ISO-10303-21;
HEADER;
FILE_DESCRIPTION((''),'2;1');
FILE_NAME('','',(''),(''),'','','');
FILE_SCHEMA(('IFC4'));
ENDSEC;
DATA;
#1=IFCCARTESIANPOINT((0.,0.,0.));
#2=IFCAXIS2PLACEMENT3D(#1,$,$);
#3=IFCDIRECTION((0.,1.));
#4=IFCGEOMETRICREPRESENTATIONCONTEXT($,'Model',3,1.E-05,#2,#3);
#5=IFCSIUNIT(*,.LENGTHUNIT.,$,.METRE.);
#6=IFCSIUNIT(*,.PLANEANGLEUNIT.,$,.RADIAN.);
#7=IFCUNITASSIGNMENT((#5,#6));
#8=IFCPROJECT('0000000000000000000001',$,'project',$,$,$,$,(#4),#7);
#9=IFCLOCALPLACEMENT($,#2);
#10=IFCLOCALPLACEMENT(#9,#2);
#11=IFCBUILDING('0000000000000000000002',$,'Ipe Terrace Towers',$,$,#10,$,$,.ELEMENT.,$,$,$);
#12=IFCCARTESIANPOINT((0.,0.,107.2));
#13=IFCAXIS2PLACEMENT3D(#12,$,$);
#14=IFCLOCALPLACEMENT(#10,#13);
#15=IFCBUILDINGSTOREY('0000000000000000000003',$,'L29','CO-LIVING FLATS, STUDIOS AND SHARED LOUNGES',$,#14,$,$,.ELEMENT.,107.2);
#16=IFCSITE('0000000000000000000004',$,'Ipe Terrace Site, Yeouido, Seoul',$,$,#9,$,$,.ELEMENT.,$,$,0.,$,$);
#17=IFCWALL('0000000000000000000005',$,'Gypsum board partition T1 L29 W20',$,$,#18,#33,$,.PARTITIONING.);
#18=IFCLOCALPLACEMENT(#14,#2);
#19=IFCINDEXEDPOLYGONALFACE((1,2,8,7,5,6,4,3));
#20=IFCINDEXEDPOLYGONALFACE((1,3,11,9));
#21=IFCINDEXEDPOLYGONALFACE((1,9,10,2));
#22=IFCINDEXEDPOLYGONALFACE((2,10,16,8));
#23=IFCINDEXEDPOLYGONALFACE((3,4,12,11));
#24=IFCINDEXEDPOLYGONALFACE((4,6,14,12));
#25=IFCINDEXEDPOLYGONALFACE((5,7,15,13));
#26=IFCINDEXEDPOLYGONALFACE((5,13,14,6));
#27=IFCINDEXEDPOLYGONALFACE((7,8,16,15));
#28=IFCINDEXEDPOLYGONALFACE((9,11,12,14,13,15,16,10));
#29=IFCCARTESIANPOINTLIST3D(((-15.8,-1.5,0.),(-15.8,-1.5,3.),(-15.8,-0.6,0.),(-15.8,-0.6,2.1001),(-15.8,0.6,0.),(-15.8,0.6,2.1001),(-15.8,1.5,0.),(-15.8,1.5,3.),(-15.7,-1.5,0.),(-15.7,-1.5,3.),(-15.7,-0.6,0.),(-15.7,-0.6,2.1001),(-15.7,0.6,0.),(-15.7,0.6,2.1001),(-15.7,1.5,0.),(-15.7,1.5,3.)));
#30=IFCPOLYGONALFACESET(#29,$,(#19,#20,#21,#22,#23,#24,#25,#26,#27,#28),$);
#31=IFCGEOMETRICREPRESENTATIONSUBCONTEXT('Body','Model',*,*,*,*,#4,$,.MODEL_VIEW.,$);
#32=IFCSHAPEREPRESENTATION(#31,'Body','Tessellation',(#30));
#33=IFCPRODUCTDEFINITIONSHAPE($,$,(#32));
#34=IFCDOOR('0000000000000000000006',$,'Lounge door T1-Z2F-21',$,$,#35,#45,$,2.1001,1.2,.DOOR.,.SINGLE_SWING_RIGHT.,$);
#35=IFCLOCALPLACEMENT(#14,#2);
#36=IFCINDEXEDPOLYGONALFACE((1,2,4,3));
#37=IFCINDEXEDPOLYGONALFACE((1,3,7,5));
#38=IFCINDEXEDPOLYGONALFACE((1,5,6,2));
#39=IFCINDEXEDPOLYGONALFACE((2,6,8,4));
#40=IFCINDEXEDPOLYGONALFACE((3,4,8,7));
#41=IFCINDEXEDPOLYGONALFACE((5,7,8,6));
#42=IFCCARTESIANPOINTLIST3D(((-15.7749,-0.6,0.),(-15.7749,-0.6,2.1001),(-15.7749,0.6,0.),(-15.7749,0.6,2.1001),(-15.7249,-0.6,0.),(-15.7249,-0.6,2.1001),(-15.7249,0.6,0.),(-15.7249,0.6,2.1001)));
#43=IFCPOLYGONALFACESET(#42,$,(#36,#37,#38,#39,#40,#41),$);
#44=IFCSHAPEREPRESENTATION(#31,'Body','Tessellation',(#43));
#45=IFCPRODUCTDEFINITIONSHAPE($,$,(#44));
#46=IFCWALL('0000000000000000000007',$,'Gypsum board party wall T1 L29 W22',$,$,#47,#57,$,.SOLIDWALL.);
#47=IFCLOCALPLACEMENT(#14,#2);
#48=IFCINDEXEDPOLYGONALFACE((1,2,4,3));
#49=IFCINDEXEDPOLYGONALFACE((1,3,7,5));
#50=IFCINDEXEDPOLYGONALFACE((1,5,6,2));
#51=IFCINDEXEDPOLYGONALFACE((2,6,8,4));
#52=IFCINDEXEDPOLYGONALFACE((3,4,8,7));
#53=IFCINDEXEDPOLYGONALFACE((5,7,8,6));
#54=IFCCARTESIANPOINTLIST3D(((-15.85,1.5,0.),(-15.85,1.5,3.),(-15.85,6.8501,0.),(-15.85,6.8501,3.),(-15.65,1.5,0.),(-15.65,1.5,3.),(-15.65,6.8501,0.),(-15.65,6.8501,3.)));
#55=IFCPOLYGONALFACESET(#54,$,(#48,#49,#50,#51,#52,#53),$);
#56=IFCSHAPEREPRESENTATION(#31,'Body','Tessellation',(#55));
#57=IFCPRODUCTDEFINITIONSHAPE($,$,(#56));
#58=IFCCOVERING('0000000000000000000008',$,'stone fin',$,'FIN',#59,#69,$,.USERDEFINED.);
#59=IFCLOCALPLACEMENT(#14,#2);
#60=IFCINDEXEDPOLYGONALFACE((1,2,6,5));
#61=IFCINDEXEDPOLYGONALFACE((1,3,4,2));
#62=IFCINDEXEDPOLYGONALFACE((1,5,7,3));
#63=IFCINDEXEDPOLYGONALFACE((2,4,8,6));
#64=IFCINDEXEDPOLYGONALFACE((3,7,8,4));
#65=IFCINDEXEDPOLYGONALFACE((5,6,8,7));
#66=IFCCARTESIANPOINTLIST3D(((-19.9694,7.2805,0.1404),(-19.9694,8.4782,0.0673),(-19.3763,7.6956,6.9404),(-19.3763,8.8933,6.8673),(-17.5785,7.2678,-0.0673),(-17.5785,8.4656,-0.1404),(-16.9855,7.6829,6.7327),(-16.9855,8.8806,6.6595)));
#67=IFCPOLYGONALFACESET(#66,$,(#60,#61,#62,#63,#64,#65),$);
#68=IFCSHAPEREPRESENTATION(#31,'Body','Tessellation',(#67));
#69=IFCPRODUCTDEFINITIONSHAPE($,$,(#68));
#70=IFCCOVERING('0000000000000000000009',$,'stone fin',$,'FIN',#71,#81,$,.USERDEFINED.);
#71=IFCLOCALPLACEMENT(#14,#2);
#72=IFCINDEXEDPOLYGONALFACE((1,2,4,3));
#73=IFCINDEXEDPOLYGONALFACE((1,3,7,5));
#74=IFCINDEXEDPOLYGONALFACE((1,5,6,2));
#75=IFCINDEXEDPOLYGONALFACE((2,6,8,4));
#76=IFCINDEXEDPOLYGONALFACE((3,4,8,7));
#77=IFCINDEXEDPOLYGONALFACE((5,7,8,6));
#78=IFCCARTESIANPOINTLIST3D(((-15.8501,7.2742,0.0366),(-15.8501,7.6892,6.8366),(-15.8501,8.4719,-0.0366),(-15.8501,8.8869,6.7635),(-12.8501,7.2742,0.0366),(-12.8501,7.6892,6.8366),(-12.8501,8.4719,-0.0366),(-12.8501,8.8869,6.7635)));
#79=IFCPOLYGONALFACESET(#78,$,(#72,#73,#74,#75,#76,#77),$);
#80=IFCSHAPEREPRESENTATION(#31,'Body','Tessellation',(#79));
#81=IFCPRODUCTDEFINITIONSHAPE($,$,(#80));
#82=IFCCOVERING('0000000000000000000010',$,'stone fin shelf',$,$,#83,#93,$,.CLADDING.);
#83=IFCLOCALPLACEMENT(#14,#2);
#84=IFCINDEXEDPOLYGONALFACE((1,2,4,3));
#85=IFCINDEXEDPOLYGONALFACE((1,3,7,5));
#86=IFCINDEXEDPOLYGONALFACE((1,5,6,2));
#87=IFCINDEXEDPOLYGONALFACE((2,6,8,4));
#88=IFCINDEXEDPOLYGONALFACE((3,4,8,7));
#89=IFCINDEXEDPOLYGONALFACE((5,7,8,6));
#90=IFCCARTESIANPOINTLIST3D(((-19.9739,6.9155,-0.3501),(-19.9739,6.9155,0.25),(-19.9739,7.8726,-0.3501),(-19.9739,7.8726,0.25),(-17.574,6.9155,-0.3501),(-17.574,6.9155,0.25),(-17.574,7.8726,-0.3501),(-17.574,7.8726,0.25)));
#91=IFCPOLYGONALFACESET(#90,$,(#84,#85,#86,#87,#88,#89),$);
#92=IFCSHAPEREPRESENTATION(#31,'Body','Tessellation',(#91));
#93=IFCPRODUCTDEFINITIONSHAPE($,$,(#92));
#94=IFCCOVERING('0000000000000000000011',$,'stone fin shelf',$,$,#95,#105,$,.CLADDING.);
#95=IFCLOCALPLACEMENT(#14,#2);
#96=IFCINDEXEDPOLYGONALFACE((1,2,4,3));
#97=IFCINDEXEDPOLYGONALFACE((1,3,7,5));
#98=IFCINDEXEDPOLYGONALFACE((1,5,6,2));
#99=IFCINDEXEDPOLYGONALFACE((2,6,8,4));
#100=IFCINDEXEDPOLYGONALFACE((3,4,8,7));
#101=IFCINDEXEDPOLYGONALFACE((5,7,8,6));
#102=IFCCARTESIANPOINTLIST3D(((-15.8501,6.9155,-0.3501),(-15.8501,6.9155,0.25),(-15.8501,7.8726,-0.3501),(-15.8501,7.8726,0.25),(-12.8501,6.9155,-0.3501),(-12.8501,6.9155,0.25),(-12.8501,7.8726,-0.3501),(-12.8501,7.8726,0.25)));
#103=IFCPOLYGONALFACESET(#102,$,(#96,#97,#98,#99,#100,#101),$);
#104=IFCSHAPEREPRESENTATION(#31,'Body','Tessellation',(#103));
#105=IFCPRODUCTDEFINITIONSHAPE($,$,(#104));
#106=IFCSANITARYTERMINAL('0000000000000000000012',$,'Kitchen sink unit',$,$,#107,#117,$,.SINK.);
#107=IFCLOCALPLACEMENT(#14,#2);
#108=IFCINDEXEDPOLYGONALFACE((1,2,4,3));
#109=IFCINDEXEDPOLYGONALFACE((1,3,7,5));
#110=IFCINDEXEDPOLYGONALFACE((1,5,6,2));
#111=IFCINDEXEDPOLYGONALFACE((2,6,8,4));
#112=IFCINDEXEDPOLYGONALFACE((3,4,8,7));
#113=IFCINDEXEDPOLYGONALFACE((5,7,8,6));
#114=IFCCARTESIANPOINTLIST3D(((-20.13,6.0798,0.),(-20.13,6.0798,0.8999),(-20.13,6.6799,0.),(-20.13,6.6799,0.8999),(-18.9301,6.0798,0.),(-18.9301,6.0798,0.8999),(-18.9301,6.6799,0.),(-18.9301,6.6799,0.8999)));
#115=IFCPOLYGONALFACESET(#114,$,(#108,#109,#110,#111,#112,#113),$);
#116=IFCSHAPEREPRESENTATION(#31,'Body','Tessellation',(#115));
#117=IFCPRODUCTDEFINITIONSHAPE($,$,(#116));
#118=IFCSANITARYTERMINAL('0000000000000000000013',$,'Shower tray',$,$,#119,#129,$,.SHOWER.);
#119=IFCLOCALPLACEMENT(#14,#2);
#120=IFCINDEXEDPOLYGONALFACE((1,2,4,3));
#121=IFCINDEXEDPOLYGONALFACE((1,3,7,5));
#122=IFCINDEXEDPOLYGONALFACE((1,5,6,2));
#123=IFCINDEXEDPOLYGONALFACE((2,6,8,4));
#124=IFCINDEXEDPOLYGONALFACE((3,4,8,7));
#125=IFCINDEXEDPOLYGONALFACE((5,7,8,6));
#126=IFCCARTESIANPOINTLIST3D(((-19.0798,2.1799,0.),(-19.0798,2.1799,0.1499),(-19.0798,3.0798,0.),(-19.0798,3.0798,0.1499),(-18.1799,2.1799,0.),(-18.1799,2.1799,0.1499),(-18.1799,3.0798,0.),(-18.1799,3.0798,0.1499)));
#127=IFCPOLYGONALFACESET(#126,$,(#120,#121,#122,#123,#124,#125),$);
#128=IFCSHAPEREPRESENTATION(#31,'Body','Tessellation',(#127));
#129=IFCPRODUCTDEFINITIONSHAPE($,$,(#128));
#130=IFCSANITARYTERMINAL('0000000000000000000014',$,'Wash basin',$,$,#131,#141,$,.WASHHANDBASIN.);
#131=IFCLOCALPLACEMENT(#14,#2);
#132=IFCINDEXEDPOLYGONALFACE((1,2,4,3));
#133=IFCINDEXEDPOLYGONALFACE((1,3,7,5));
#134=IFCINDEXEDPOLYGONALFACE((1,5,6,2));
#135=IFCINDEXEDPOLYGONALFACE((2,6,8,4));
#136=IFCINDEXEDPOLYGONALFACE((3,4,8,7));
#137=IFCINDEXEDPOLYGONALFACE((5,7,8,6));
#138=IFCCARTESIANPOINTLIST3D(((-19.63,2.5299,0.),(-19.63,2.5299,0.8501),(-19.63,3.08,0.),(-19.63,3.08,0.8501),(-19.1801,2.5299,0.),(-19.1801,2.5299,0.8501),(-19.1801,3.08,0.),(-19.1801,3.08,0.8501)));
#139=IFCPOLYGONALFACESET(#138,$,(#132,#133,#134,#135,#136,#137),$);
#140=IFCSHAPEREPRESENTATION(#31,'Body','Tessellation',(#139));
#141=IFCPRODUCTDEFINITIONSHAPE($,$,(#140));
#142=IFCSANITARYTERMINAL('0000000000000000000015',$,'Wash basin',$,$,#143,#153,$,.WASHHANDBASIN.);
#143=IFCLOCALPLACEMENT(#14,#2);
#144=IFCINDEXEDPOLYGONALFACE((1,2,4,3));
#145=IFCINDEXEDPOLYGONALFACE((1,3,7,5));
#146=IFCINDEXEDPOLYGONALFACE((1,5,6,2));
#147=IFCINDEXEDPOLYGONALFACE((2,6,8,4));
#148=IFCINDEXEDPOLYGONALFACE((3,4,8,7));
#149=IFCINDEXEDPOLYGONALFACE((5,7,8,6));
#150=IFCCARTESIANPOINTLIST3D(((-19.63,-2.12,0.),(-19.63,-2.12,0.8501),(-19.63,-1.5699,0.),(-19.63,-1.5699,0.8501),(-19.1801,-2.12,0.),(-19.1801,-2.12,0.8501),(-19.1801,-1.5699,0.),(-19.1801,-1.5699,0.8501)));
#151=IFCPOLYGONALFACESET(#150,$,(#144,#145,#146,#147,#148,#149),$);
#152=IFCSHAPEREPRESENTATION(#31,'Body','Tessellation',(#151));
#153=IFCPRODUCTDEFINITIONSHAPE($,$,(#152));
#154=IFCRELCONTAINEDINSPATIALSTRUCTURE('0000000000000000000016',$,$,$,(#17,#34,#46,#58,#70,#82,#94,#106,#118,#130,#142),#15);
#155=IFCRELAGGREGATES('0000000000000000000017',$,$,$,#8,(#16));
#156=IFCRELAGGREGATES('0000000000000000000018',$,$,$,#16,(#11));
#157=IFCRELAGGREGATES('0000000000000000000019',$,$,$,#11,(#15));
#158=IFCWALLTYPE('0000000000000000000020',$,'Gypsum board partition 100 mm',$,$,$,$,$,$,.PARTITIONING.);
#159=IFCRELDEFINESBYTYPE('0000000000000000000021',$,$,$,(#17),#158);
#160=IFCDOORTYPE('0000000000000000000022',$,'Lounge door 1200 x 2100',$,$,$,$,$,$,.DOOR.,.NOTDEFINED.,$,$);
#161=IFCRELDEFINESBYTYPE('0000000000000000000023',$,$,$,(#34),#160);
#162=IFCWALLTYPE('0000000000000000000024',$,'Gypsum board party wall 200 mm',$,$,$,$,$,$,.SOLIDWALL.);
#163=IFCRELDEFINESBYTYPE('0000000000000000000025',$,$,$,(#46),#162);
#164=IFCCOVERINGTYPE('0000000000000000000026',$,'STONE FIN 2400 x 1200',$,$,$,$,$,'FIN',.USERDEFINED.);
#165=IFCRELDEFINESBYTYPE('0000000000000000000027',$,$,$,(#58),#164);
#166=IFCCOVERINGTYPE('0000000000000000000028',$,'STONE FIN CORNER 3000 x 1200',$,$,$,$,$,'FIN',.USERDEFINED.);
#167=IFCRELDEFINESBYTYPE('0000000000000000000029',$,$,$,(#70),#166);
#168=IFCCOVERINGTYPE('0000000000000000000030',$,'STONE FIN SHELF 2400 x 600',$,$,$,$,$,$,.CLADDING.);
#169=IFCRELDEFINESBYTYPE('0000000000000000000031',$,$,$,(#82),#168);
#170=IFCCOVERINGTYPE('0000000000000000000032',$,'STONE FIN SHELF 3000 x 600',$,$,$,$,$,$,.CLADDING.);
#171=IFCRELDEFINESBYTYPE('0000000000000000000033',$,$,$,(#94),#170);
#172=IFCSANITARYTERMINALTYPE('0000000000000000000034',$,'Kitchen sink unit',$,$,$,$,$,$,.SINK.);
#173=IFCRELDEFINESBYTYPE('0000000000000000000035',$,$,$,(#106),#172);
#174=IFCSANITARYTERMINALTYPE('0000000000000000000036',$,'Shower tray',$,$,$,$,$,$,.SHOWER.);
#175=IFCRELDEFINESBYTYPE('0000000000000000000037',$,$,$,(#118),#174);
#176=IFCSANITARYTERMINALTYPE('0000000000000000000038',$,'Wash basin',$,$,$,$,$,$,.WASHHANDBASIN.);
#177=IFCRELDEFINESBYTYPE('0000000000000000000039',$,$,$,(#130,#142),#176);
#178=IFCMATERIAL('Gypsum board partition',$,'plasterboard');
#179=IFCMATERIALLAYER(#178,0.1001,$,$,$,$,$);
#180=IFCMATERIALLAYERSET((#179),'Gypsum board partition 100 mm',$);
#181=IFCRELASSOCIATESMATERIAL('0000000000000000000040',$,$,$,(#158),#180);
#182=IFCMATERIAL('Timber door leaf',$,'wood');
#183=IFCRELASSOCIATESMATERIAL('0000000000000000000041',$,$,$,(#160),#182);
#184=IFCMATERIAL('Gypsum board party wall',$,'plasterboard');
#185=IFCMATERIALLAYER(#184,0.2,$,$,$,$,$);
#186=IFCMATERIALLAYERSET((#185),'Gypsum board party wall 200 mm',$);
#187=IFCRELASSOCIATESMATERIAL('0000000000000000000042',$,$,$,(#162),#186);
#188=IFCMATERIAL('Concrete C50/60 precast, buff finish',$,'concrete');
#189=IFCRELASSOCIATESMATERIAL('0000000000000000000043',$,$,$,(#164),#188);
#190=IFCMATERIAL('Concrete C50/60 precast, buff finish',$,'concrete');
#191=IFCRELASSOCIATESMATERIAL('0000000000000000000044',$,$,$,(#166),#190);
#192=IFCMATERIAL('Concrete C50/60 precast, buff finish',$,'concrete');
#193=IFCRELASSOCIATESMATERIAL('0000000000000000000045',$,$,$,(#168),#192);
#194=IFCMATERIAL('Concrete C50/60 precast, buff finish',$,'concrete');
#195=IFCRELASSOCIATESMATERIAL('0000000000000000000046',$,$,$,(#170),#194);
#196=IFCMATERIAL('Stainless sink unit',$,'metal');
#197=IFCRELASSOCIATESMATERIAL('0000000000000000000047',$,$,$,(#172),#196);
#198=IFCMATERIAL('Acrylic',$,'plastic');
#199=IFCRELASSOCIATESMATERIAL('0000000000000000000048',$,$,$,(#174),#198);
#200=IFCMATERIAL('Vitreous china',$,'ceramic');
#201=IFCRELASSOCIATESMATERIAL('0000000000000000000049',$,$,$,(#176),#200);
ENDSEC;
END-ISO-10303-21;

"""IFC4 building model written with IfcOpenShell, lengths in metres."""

from ifc_helpers import new_model, si_unit, direction, frame, frame_2d, origin, origin_2d, place, context, subcontext, project, spatial, rectangle, extrude, material, layer, layer_set, material_profile, profile_set, type_object, element, fill, save


model = new_model("IFC4")

# Units and contexts
model_context = context("Model", 3, precision=1e-05, world=origin(), true_north=direction((0.0, 1.0)))
body_context = subcontext(model_context, "Body", "Model", "MODEL_VIEW")
ifc_project = project(units=[si_unit("LENGTHUNIT", "METRE"), si_unit("PLANEANGLEUNIT", "RADIAN")], contexts=[model_context])

# Site, building, storey
site_placement = place(None, origin())
site = spatial("IfcSite", under=ifc_project, at=site_placement, Name="Ipe Terrace Site, Yeouido, Seoul", CompositionType="ELEMENT", RefElevation=0.0)
building_placement = place(site_placement, origin())
building = spatial("IfcBuilding", under=site, at=building_placement, Name="Ipe Terrace Towers", CompositionType="ELEMENT")
storey_placement = place(building_placement, frame((0.0, 0.0, 107.2)))
storey = spatial("IfcBuildingStorey", under=building, at=storey_placement, Name="L29", Description="CO-LIVING FLATS, STUDIOS AND SHARED LOUNGES", CompositionType="ELEMENT", Elevation=107.2)

# Wall, opening, door
ifc_material_1 = material(Name="Gypsum board partition", Category="plasterboard")
ifc_layer_1 = layer(ifc_material_1, 0.1001)
ifc_layer_set_1 = layer_set([ifc_layer_1], Name="Gypsum board partition 100 mm")
wall_type_1 = type_object("IfcWallType", Name="Gypsum board partition 100 mm", PredefinedType="PARTITIONING", material=ifc_layer_set_1)
wall_1_placement = place(storey_placement, frame((-15.75, -1.5, 0.0), z_axis=(0.0, 0.0, 1.0), x_axis=(0.0, 1.0, 0.0)))
wall_1 = element("IfcWall", 1, at=wall_1_placement, inside=storey, type_object=wall_type_1, Name="Gypsum board partition T1 L29 W20", PredefinedType="PARTITIONING", context=body_context, shape_type="SweptSolid", body=[
    extrude(rectangle(XDim=3.0, YDim=0.1001, at=frame_2d((1.5, 0.0))), origin(), (0.0, 0.0, 1.0), 3.0),
])
opening_1_placement = place(wall_1_placement, frame((0.8999, 0.0, 0.0)))
opening_1 = element("IfcOpeningElement", 2, at=opening_1_placement, cuts=wall_1, PredefinedType="OPENING", context=body_context, shape_type="SweptSolid", body=[
    extrude(rectangle(XDim=1.2, YDim=2.1001, at=frame_2d((0.6001, 1.05))), frame((0.0, 0.0601, 0.0), z_axis=(0.0, -1.0, 0.0), x_axis=(1.0, 0.0, 0.0)), (0.0, 0.0, 1.0), 0.1201),
])
ifc_material_2 = material(Name="Timber door leaf", Category="wood")
door_type_1 = type_object("IfcDoorType", Name="Lounge door 1200 x 2100", OperationType="NOTDEFINED", PredefinedType="DOOR", material=ifc_material_2)
door_1_placement = place(opening_1_placement, origin())
door_1 = element("IfcDoor", 3, at=door_1_placement, inside=storey, type_object=door_type_1, Name="Lounge door T1-Z2F-21", OperationType="SINGLE_SWING_RIGHT", OverallHeight=2.1001, OverallWidth=1.2, PredefinedType="DOOR", context=body_context, shape_type="SweptSolid", body=[
    extrude(rectangle(XDim=1.2, YDim=2.1001, at=frame_2d((0.6001, 1.05))), frame((0.0, 0.0249, 0.0), z_axis=(0.0, -1.0, 0.0), x_axis=(1.0, 0.0, 0.0)), (0.0, 0.0, 1.0), 0.05),
])
fill(opening_1, door_1)

# Wall
ifc_material_3 = material(Name="Gypsum board party wall", Category="plasterboard")
ifc_layer_2 = layer(ifc_material_3, 0.2)
ifc_layer_set_2 = layer_set([ifc_layer_2], Name="Gypsum board party wall 200 mm")
wall_type_2 = type_object("IfcWallType", Name="Gypsum board party wall 200 mm", PredefinedType="SOLIDWALL", material=ifc_layer_set_2)
wall_2_placement = place(storey_placement, frame((-15.75, 1.5, 0.0), z_axis=(0.0, 0.0, 1.0), x_axis=(0.0, 1.0, 0.0)))
element("IfcWall", 4, at=wall_2_placement, inside=storey, type_object=wall_type_2, Name="Gypsum board party wall T1 L29 W22", PredefinedType="SOLIDWALL", context=body_context, shape_type="SweptSolid", body=[
    extrude(rectangle(XDim=5.3501, YDim=0.2, at=frame_2d((2.675, 0.0))), origin(), (0.0, 0.0, 1.0), 3.0),
])

# Coverings
ifc_material_4 = material(Name="Concrete C50/60 precast, buff finish", Category="concrete")
ifc_material_profile_1 = material_profile(ifc_material_4, rectangle(XDim=2.3999, YDim=1.2, at=origin_2d()), Name="STONE FIN 2400 x 1200")
ifc_profile_set_1 = profile_set([ifc_material_profile_1], Name="Concrete C50/60 precast, buff finish")
covering_type_1 = type_object("IfcCoveringType", Name="STONE FIN 2400 x 1200", ElementType="FIN", PredefinedType="USERDEFINED", material=ifc_profile_set_1)
covering_1_placement = place(storey_placement, frame((-18.7739, 7.873, 0.0), z_axis=(0.086718, 0.060692, 0.994382), x_axis=(-0.996233, 0.005283, 0.086557)))
element("IfcCovering", 5, at=covering_1_placement, inside=storey, type_object=covering_type_1, Name="stone fin", ObjectType="FIN", PredefinedType="USERDEFINED", context=body_context, shape_type="SweptSolid", body=[
    extrude(rectangle(XDim=2.3999, YDim=1.2, at=origin_2d()), origin(), (0.0, 0.0, 1.0), 6.8384),
])
ifc_material_5 = material(Name="Concrete C50/60 precast, buff finish", Category="concrete")
ifc_material_profile_2 = material_profile(ifc_material_5, rectangle(XDim=3.0, YDim=1.2, at=origin_2d()), Name="STONE FIN CORNER 3000 x 1200")
ifc_profile_set_2 = profile_set([ifc_material_profile_2], Name="Concrete C50/60 precast, buff finish")
covering_type_2 = type_object("IfcCoveringType", Name="STONE FIN CORNER 3000 x 1200", ElementType="FIN", PredefinedType="USERDEFINED", material=ifc_profile_set_2)
covering_2_placement = place(storey_placement, frame((-14.3501, 7.873, 0.0), z_axis=(0.0, 0.060921, 0.998143), x_axis=(-1.0, 0.0, 0.0)))
element("IfcCovering", 6, at=covering_2_placement, inside=storey, type_object=covering_type_2, Name="stone fin", ObjectType="FIN", PredefinedType="USERDEFINED", context=body_context, shape_type="SweptSolid", body=[
    extrude(rectangle(XDim=3.0, YDim=1.2, at=origin_2d()), origin(), (0.0, 0.0, 1.0), 6.8127),
])
ifc_material_6 = material(Name="Concrete C50/60 precast, buff finish", Category="concrete")
covering_type_3 = type_object("IfcCoveringType", Name="STONE FIN SHELF 2400 x 600", PredefinedType="CLADDING", material=ifc_material_6)
covering_3_placement = place(storey_placement, frame((-18.7739, 7.394, -0.3501), z_axis=(0.0, 0.0, 1.0), x_axis=(-1.0, 0.0, 0.0)))
element("IfcCovering", 7, at=covering_3_placement, inside=storey, type_object=covering_type_3, Name="stone fin shelf", PredefinedType="CLADDING", context=body_context, shape_type="SweptSolid", body=[
    extrude(rectangle(XDim=2.3999, YDim=0.957, at=origin_2d()), origin(), (0.0, 0.0, 1.0), 0.6001),
])
ifc_material_7 = material(Name="Concrete C50/60 precast, buff finish", Category="concrete")
covering_type_4 = type_object("IfcCoveringType", Name="STONE FIN SHELF 3000 x 600", PredefinedType="CLADDING", material=ifc_material_7)
covering_4_placement = place(storey_placement, frame((-14.3501, 7.394, -0.3501), z_axis=(0.0, 0.0, 1.0), x_axis=(-1.0, 0.0, 0.0)))
element("IfcCovering", 8, at=covering_4_placement, inside=storey, type_object=covering_type_4, Name="stone fin shelf", PredefinedType="CLADDING", context=body_context, shape_type="SweptSolid", body=[
    extrude(rectangle(XDim=3.0, YDim=0.957, at=origin_2d()), origin(), (0.0, 0.0, 1.0), 0.6001),
])

# Sanitary terminals
ifc_material_8 = material(Name="Stainless sink unit", Category="metal")
sanitary_terminal_type_1 = type_object("IfcSanitaryTerminalType", Name="Kitchen sink unit", PredefinedType="SINK", material=ifc_material_8)
sanitary_terminal_1_placement = place(storey_placement, frame((-19.53, 6.3799, 0.0), z_axis=(0.0, 0.0, 1.0), x_axis=(1.0, 0.0, 0.0)))
element("IfcSanitaryTerminal", 9, at=sanitary_terminal_1_placement, inside=storey, type_object=sanitary_terminal_type_1, Name="Kitchen sink unit", PredefinedType="SINK", context=body_context, shape_type="SweptSolid", body=[
    extrude(rectangle(XDim=1.2, YDim=0.6001, at=origin_2d()), origin(), (0.0, 0.0, 1.0), 0.8999),
])
ifc_material_9 = material(Name="Acrylic", Category="plastic")
sanitary_terminal_type_2 = type_object("IfcSanitaryTerminalType", Name="Shower tray", PredefinedType="SHOWER", material=ifc_material_9)
sanitary_terminal_2_placement = place(storey_placement, frame((-18.6299, 2.6299, 0.0), z_axis=(0.0, 0.0, 1.0), x_axis=(0.0, -1.0, 0.0)))
element("IfcSanitaryTerminal", 10, at=sanitary_terminal_2_placement, inside=storey, type_object=sanitary_terminal_type_2, Name="Shower tray", PredefinedType="SHOWER", context=body_context, shape_type="SweptSolid", body=[
    extrude(rectangle(XDim=0.8999, YDim=0.8999, at=origin_2d()), origin(), (0.0, 0.0, 1.0), 0.1499),
])
ifc_material_10 = material(Name="Vitreous china", Category="ceramic")
sanitary_terminal_type_3 = type_object("IfcSanitaryTerminalType", Name="Wash basin", PredefinedType="WASHHANDBASIN", material=ifc_material_10)
for number, where, z_axis, x_axis, name in (
    (11, (-19.405, 2.8049, 0.0), (0.0, 0.0, 1.0), (0.0, -1.0, 0.0), "Wash basin"),
    (12, (-19.405, -1.845, 0.0), (0.0, 0.0, 1.0), (0.0, -1.0, 0.0), "Wash basin"),
):
    element("IfcSanitaryTerminal", number, at=place(storey_placement, frame(where, z_axis=z_axis, x_axis=x_axis)), inside=storey, type_object=sanitary_terminal_type_3, Name=name, PredefinedType="WASHHANDBASIN", context=body_context, shape_type="SweptSolid", body=[
        extrude(rectangle(XDim=0.55, YDim=0.45, at=origin_2d()), origin(), (0.0, 0.0, 1.0), 0.8501),
    ])

save(model, "model.ifc")
